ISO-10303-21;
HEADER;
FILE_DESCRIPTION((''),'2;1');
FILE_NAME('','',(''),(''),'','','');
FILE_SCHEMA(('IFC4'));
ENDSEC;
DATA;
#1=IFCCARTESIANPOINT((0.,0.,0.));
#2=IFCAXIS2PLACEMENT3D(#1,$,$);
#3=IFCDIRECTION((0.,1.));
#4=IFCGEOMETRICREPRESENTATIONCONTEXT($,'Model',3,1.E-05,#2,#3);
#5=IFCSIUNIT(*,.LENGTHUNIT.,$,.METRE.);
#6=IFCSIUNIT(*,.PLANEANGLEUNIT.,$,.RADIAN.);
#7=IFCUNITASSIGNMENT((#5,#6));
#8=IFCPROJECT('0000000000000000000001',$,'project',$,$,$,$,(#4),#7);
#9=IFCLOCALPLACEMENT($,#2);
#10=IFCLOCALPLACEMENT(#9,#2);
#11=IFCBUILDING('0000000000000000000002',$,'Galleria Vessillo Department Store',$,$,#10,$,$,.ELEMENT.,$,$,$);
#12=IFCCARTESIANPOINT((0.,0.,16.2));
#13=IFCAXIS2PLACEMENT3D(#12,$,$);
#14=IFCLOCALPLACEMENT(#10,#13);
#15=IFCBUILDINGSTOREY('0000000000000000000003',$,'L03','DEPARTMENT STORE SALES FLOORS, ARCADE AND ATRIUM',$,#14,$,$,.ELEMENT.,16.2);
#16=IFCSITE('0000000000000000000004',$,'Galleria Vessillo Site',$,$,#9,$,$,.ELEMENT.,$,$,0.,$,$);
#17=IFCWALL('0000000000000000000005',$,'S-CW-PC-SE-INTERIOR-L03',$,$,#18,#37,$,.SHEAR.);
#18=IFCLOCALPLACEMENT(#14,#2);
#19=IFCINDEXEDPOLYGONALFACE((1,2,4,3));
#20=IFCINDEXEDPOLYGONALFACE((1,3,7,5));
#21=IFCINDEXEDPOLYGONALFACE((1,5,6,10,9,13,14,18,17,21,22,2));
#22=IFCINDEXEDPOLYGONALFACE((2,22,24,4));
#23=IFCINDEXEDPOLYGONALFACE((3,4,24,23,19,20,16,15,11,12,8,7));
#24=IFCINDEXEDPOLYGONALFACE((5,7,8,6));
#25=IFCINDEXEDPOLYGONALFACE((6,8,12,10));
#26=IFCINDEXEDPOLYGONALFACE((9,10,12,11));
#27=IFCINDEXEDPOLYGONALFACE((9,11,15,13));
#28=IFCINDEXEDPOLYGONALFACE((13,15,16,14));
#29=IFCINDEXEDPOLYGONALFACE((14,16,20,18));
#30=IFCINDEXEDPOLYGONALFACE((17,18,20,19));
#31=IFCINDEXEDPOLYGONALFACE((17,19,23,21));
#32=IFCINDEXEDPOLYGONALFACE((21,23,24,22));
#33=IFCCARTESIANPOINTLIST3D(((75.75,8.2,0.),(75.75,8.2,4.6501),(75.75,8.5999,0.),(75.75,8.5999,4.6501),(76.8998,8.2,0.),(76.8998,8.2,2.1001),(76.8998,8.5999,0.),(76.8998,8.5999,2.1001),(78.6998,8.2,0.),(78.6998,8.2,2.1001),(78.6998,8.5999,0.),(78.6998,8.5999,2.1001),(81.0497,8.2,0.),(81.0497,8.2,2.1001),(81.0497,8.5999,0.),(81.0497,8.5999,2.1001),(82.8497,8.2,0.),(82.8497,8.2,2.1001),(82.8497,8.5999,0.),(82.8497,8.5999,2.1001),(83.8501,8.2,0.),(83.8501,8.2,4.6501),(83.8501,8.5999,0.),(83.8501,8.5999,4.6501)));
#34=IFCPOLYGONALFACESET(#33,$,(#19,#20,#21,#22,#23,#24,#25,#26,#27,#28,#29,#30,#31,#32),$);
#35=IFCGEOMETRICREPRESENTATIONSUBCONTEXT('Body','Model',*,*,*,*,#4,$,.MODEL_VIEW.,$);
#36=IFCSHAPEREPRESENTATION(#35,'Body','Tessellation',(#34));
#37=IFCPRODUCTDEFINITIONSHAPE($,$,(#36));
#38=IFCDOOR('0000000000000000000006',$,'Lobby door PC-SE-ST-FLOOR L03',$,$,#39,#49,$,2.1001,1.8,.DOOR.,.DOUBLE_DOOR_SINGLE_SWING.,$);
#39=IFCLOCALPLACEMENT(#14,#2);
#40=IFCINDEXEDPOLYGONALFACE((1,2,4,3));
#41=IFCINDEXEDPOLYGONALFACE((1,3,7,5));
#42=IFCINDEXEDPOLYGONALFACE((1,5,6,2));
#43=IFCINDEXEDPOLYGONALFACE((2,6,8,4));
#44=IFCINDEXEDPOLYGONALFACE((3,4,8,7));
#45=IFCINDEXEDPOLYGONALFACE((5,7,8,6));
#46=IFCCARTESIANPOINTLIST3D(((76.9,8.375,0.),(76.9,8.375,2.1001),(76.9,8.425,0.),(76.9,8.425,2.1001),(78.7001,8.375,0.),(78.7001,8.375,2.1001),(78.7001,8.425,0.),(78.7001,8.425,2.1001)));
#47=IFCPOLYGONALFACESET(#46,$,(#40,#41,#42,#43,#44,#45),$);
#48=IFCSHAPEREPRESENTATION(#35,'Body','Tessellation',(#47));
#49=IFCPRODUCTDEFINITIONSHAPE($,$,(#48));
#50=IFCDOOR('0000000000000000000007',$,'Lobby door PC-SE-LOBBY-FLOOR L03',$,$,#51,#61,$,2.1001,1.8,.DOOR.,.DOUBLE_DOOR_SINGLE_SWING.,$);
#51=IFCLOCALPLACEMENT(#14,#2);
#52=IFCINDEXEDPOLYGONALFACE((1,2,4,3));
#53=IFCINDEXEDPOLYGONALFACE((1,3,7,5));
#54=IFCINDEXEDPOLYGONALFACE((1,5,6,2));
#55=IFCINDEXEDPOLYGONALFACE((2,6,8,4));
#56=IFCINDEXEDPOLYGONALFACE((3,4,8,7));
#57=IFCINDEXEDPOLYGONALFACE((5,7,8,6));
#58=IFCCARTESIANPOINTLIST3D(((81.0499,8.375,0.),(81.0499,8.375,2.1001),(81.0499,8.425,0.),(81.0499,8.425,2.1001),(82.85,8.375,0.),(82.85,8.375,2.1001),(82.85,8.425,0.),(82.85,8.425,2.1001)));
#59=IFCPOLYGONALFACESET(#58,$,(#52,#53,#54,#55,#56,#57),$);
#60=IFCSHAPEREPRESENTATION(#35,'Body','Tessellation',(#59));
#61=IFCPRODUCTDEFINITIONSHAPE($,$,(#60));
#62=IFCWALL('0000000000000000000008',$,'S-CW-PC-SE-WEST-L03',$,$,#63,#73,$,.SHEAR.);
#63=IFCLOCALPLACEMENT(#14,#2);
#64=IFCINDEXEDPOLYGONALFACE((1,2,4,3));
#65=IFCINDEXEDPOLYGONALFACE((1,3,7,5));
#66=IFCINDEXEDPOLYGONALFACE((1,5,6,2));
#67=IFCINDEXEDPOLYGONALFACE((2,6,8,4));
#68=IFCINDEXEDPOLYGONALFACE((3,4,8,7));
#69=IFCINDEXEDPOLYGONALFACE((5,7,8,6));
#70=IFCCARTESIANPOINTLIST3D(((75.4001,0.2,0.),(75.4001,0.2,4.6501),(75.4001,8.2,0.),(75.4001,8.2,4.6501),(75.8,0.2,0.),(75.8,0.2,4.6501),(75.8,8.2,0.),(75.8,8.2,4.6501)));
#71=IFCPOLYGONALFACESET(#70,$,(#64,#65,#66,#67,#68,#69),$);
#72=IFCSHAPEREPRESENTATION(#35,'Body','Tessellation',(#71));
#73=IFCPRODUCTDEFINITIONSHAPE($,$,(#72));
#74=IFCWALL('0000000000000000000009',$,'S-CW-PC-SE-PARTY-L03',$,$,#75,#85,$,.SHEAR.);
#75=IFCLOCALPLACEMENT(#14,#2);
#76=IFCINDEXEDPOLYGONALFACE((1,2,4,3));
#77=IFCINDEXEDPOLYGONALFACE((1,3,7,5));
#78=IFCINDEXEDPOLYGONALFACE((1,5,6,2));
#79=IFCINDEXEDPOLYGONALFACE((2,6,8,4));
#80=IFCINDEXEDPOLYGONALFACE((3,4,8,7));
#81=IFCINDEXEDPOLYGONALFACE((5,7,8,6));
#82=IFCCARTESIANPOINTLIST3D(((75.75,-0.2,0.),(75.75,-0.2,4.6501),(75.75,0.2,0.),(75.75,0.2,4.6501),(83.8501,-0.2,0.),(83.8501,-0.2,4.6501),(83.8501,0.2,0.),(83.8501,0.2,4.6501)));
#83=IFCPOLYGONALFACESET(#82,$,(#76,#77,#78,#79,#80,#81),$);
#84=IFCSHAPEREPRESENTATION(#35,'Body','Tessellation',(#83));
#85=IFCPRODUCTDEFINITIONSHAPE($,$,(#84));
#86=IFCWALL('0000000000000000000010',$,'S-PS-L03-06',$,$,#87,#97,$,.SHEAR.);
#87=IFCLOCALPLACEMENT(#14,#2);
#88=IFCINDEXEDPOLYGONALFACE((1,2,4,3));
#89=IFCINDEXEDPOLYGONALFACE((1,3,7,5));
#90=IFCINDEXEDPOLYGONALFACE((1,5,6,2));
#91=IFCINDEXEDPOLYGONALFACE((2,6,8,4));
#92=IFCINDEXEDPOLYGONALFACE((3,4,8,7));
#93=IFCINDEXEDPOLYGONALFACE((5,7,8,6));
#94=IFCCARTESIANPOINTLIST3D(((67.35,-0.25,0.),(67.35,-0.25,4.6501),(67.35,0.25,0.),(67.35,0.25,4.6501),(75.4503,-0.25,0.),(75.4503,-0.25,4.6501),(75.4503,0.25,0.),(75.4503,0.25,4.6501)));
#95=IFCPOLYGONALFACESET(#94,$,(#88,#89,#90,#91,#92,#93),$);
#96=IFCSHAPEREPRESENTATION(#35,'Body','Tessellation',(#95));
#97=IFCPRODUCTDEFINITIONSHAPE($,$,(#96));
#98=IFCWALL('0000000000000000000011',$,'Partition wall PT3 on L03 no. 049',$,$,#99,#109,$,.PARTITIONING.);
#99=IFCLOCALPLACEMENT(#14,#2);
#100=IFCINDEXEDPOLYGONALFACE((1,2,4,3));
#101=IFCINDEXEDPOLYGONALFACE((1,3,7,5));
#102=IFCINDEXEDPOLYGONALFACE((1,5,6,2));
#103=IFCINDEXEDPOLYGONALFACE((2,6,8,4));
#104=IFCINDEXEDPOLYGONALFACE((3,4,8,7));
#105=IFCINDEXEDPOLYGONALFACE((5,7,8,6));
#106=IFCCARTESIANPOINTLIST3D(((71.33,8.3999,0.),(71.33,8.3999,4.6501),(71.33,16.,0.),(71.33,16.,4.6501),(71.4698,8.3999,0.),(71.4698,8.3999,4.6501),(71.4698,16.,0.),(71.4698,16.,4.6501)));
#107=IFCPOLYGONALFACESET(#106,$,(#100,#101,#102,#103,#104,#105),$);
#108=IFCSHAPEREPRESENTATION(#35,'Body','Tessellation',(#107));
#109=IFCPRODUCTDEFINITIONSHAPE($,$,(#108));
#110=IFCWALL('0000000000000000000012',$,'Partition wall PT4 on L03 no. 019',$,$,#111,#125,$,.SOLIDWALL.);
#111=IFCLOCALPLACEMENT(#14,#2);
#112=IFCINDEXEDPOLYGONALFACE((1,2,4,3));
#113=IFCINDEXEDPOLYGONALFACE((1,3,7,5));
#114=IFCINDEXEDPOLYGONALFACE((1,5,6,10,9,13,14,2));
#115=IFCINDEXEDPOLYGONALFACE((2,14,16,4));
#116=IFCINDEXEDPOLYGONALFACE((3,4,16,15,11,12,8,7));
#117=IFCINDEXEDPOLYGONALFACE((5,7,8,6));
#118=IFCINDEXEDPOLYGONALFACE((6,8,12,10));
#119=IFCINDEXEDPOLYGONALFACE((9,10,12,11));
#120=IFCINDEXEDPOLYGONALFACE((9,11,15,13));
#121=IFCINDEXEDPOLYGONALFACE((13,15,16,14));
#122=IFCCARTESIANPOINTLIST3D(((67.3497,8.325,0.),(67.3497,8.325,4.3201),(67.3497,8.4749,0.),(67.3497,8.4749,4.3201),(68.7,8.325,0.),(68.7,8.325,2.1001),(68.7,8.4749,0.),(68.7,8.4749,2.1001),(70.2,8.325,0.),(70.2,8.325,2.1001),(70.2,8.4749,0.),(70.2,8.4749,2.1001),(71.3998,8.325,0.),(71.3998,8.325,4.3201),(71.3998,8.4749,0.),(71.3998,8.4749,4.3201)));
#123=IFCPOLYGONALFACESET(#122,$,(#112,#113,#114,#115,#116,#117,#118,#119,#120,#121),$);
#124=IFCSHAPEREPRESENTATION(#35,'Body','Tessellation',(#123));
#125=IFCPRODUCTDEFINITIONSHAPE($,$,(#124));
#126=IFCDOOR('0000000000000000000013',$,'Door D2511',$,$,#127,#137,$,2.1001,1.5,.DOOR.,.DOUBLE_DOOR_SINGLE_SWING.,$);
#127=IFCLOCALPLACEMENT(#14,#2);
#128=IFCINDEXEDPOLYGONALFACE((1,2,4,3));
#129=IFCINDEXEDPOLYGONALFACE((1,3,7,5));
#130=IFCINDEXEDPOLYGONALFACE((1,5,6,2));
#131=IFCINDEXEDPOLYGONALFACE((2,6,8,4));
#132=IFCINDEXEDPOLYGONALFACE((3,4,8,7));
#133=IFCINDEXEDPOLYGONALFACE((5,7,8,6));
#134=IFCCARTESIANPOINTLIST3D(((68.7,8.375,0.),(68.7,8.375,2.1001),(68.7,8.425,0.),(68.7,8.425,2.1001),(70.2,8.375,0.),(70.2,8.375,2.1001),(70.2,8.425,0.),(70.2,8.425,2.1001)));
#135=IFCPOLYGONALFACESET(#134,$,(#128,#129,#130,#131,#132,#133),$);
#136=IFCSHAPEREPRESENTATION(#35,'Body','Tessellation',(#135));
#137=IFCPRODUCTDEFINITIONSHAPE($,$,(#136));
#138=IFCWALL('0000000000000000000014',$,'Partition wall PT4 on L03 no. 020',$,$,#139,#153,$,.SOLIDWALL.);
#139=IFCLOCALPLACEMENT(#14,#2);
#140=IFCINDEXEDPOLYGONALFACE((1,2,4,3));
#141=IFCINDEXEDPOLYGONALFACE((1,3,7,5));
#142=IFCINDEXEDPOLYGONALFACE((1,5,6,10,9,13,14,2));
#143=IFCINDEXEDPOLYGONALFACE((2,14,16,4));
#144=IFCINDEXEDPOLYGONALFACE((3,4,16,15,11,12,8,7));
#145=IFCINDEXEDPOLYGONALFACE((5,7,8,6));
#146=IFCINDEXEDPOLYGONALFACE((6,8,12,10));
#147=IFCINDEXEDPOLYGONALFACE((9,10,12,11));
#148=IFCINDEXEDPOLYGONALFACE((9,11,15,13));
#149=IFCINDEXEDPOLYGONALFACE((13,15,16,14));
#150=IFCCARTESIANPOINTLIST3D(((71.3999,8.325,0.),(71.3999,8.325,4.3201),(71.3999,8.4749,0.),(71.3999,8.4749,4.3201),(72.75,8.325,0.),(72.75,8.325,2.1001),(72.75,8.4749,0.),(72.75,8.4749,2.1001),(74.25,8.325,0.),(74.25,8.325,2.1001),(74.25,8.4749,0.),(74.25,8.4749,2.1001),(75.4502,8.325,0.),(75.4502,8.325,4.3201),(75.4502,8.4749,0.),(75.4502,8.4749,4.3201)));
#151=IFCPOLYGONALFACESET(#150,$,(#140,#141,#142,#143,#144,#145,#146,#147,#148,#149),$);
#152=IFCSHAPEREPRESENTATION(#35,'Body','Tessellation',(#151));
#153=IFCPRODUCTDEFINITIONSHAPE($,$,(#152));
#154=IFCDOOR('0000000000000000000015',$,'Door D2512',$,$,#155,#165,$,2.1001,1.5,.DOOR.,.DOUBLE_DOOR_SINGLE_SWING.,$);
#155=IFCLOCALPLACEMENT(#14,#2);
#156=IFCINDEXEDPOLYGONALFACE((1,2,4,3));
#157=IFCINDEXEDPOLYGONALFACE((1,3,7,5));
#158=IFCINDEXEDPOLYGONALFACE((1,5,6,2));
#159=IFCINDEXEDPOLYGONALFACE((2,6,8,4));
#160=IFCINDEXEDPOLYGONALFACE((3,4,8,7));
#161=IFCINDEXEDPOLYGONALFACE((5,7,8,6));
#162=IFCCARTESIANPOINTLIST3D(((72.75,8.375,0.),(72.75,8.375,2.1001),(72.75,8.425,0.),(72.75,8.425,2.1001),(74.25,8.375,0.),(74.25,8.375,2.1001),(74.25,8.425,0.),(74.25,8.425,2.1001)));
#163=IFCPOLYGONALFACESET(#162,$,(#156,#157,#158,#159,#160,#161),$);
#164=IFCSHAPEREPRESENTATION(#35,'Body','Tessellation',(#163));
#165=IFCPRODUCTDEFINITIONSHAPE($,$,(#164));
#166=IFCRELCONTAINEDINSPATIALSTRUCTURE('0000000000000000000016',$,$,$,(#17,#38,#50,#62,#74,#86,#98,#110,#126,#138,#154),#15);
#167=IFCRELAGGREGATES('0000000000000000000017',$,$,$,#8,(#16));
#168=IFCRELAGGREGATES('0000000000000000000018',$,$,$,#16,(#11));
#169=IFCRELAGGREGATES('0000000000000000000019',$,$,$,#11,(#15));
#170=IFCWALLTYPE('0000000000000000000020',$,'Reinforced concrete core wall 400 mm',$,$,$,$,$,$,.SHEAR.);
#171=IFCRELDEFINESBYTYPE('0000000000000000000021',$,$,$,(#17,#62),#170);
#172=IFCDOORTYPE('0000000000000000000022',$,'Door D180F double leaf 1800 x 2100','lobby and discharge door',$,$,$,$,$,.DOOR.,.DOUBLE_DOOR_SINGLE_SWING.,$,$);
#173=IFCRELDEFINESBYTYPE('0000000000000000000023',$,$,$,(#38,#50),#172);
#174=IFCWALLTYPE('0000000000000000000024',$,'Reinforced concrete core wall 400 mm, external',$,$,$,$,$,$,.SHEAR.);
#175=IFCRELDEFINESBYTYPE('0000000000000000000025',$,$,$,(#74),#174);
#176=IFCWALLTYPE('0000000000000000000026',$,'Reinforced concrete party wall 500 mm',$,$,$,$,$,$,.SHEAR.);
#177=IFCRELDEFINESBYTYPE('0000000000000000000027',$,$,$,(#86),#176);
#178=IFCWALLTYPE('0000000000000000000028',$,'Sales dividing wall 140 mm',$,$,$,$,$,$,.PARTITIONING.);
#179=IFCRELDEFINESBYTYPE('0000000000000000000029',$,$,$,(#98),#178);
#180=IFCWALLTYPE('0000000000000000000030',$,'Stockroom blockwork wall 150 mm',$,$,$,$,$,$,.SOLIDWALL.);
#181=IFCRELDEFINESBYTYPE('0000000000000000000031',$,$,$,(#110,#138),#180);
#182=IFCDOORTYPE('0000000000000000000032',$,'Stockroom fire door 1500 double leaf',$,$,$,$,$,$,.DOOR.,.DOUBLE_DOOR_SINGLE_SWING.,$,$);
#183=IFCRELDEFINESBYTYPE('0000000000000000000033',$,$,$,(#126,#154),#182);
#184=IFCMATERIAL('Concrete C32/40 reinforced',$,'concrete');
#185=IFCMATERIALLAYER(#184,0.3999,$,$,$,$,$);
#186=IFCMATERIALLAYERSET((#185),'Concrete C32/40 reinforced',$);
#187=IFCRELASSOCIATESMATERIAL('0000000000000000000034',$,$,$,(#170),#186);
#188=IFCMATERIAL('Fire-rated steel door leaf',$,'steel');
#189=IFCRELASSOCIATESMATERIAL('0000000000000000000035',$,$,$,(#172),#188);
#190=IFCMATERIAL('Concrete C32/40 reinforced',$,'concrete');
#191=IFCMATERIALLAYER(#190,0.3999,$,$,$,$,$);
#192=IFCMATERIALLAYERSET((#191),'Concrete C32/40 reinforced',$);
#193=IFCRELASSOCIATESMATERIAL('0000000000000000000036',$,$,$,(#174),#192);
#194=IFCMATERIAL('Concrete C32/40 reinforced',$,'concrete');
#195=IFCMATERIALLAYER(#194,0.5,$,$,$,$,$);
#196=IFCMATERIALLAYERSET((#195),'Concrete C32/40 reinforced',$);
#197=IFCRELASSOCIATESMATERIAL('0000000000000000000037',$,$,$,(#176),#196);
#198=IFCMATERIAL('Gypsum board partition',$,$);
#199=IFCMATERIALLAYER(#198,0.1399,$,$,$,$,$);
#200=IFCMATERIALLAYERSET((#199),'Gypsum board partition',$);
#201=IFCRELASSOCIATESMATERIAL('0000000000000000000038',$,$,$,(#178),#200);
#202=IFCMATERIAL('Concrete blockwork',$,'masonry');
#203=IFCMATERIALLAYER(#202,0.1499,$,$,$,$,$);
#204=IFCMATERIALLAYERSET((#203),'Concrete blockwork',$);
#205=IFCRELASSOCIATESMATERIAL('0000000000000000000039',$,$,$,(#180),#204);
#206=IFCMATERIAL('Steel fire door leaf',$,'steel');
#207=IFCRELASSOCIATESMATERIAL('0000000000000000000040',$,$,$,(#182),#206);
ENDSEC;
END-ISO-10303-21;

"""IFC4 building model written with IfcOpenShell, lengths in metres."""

from ifc_helpers import new_model, si_unit, direction, frame, frame_2d, origin, place, context, subcontext, project, spatial, rectangle, extrude, material, layer, layer_set, type_object, element, fill, save


model = new_model("IFC4")

# Units and contexts
model_context = context("Model", 3, precision=1e-05, world=origin(), true_north=direction((0.0, 1.0)))
body_context = subcontext(model_context, "Body", "Model", "MODEL_VIEW")
ifc_project = project(units=[si_unit("LENGTHUNIT", "METRE"), si_unit("PLANEANGLEUNIT", "RADIAN")], contexts=[model_context])

# Site, building, storey
site_placement = place(None, origin())
site = spatial("IfcSite", under=ifc_project, at=site_placement, Name="Galleria Vessillo Site", CompositionType="ELEMENT", RefElevation=0.0)
building_placement = place(site_placement, origin())
building = spatial("IfcBuilding", under=site, at=building_placement, Name="Galleria Vessillo Department Store", CompositionType="ELEMENT")
storey_placement = place(building_placement, frame((0.0, 0.0, 16.2)))
storey = spatial("IfcBuildingStorey", under=building, at=storey_placement, Name="L03", Description="DEPARTMENT STORE SALES FLOORS, ARCADE AND ATRIUM", CompositionType="ELEMENT", Elevation=16.2)

# Wall, openings, doors
ifc_material_1 = material(Name="Concrete C32/40 reinforced", Category="concrete")
ifc_layer_1 = layer(ifc_material_1, 0.3999)
ifc_layer_set_1 = layer_set([ifc_layer_1], Name="Concrete C32/40 reinforced")
wall_type_1 = type_object("IfcWallType", Name="Reinforced concrete core wall 400 mm", PredefinedType="SHEAR", material=ifc_layer_set_1)
wall_1_placement = place(storey_placement, frame((75.75, 8.3999, 0.0), z_axis=(0.0, 0.0, 1.0), x_axis=(1.0, 0.0, 0.0)))
wall_1 = element("IfcWall", 1, at=wall_1_placement, inside=storey, type_object=wall_type_1, Name="S-CW-PC-SE-INTERIOR-L03", PredefinedType="SHEAR", context=body_context, shape_type="SweptSolid", body=[
    extrude(rectangle(XDim=8.1001, YDim=0.3999, at=frame_2d((4.05, 0.0))), origin(), (0.0, 0.0, 1.0), 4.6501),
])
opening_1_placement = place(wall_1_placement, frame((1.1499, 0.0, 0.0)))
opening_1 = element("IfcOpeningElement", 2, at=opening_1_placement, cuts=wall_1, PredefinedType="OPENING", context=body_context, shape_type="SweptSolid", body=[
    extrude(rectangle(XDim=1.8, YDim=2.1001, at=frame_2d((0.8999, 1.05))), frame((0.0, 0.21, 0.0), z_axis=(0.0, -1.0, 0.0), x_axis=(1.0, 0.0, 0.0)), (0.0, 0.0, 1.0), 0.4199),
])
opening_2_placement = place(wall_1_placement, frame((5.2998, 0.0, 0.0)))
opening_2 = element("IfcOpeningElement", 3, at=opening_2_placement, cuts=wall_1, PredefinedType="OPENING", context=body_context, shape_type="SweptSolid", body=[
    extrude(rectangle(XDim=1.8, YDim=2.1001, at=frame_2d((0.8999, 1.05))), frame((0.0, 0.21, 0.0), z_axis=(0.0, -1.0, 0.0), x_axis=(1.0, 0.0, 0.0)), (0.0, 0.0, 1.0), 0.4199),
])
ifc_material_2 = material(Name="Fire-rated steel door leaf", Category="steel")
door_type_1 = type_object("IfcDoorType", Name="Door D180F double leaf 1800 x 2100", Description="lobby and discharge door", OperationType="DOUBLE_DOOR_SINGLE_SWING", PredefinedType="DOOR", material=ifc_material_2)
door_1_placement = place(opening_1_placement, frame((1.8, 0.0, 0.0), z_axis=(0.0, 0.0, 1.0), x_axis=(-1.0, 0.0, 0.0)))
door_1 = element("IfcDoor", 4, at=door_1_placement, inside=storey, type_object=door_type_1, Name="Lobby door PC-SE-ST-FLOOR L03", OperationType="DOUBLE_DOOR_SINGLE_SWING", OverallHeight=2.1001, OverallWidth=1.8, PredefinedType="DOOR", context=body_context, shape_type="SweptSolid", body=[
    extrude(rectangle(XDim=1.8, YDim=2.1001, at=frame_2d((0.8999, 1.05))), frame((0.0, 0.0249, 0.0), z_axis=(0.0, -1.0, 0.0), x_axis=(1.0, 0.0, 0.0)), (0.0, 0.0, 1.0), 0.05),
])
fill(opening_1, door_1)
door_2_placement = place(opening_2_placement, frame((1.8, 0.0, 0.0), z_axis=(0.0, 0.0, 1.0), x_axis=(-1.0, 0.0, 0.0)))
door_2 = element("IfcDoor", 5, at=door_2_placement, inside=storey, type_object=door_type_1, Name="Lobby door PC-SE-LOBBY-FLOOR L03", OperationType="DOUBLE_DOOR_SINGLE_SWING", OverallHeight=2.1001, OverallWidth=1.8, PredefinedType="DOOR", context=body_context, shape_type="SweptSolid", body=[
    extrude(rectangle(XDim=1.8, YDim=2.1001, at=frame_2d((0.8999, 1.05))), frame((0.0, 0.0249, 0.0), z_axis=(0.0, -1.0, 0.0), x_axis=(1.0, 0.0, 0.0)), (0.0, 0.0, 1.0), 0.05),
])
fill(opening_2, door_2)

# Walls
wall_2_placement = place(storey_placement, frame((75.6001, 0.2, 0.0), z_axis=(0.0, 0.0, 1.0), x_axis=(0.0, 1.0, 0.0)))
element("IfcWall", 6, at=wall_2_placement, inside=storey, type_object=wall_type_1, Name="S-CW-PC-SE-WEST-L03", PredefinedType="SHEAR", context=body_context, shape_type="SweptSolid", body=[
    extrude(rectangle(XDim=8.0, YDim=0.3999, at=frame_2d((4.0, 0.0))), origin(), (0.0, 0.0, 1.0), 4.6501),
])
ifc_material_3 = material(Name="Concrete C32/40 reinforced", Category="concrete")
ifc_layer_2 = layer(ifc_material_3, 0.3999)
ifc_layer_set_2 = layer_set([ifc_layer_2], Name="Concrete C32/40 reinforced")
wall_type_2 = type_object("IfcWallType", Name="Reinforced concrete core wall 400 mm, external", PredefinedType="SHEAR", material=ifc_layer_set_2)
wall_3_placement = place(storey_placement, frame((75.75, 0.0, 0.0), z_axis=(0.0, 0.0, 1.0), x_axis=(1.0, 0.0, 0.0)))
element("IfcWall", 7, at=wall_3_placement, inside=storey, type_object=wall_type_2, Name="S-CW-PC-SE-PARTY-L03", PredefinedType="SHEAR", context=body_context, shape_type="SweptSolid", body=[
    extrude(rectangle(XDim=8.1001, YDim=0.3999, at=frame_2d((4.05, 0.0))), origin(), (0.0, 0.0, 1.0), 4.6501),
])
ifc_material_4 = material(Name="Concrete C32/40 reinforced", Category="concrete")
ifc_layer_3 = layer(ifc_material_4, 0.5)
ifc_layer_set_3 = layer_set([ifc_layer_3], Name="Concrete C32/40 reinforced")
wall_type_3 = type_object("IfcWallType", Name="Reinforced concrete party wall 500 mm", PredefinedType="SHEAR", material=ifc_layer_set_3)
wall_4_placement = place(storey_placement, frame((67.3499, 0.0, 0.0), z_axis=(0.0, 0.0, 1.0), x_axis=(1.0, 0.0, 0.0)))
element("IfcWall", 8, at=wall_4_placement, inside=storey, type_object=wall_type_3, Name="S-PS-L03-06", PredefinedType="SHEAR", context=body_context, shape_type="SweptSolid", body=[
    extrude(rectangle(XDim=8.1003, YDim=0.5, at=frame_2d((4.0503, 0.0))), origin(), (0.0, 0.0, 1.0), 4.6501),
])
ifc_material_5 = material(Name="Gypsum board partition")
ifc_layer_4 = layer(ifc_material_5, 0.1399)
ifc_layer_set_4 = layer_set([ifc_layer_4], Name="Gypsum board partition")
wall_type_4 = type_object("IfcWallType", Name="Sales dividing wall 140 mm", PredefinedType="PARTITIONING", material=ifc_layer_set_4)
wall_5_placement = place(storey_placement, frame((71.3999, 8.3999, 0.0), z_axis=(0.0, 0.0, 1.0), x_axis=(0.0, 1.0, 0.0)))
element("IfcWall", 9, at=wall_5_placement, inside=storey, type_object=wall_type_4, Name="Partition wall PT3 on L03 no. 049", PredefinedType="PARTITIONING", context=body_context, shape_type="SweptSolid", body=[
    extrude(rectangle(XDim=7.6001, YDim=0.1399, at=frame_2d((3.8, 0.0))), origin(), (0.0, 0.0, 1.0), 4.6501),
])

# Walls, openings, doors
ifc_material_6 = material(Name="Concrete blockwork", Category="masonry")
ifc_layer_5 = layer(ifc_material_6, 0.1499)
ifc_layer_set_5 = layer_set([ifc_layer_5], Name="Concrete blockwork")
wall_type_5 = type_object("IfcWallType", Name="Stockroom blockwork wall 150 mm", PredefinedType="SOLIDWALL", material=ifc_layer_set_5)
wall_6_placement = place(storey_placement, frame((67.3499, 8.3999, 0.0), z_axis=(0.0, 0.0, 1.0), x_axis=(1.0, 0.0, 0.0)))
wall_6 = element("IfcWall", 10, at=wall_6_placement, inside=storey, type_object=wall_type_5, Name="Partition wall PT4 on L03 no. 019", PredefinedType="SOLIDWALL", context=body_context, shape_type="SweptSolid", body=[
    extrude(rectangle(XDim=4.05, YDim=0.1499, at=frame_2d((2.0249, 0.0))), origin(), (0.0, 0.0, 1.0), 4.3201),
])
opening_3_placement = place(wall_6_placement, frame((1.3501, 0.0, 0.0)))
opening_3 = element("IfcOpeningElement", 11, at=opening_3_placement, cuts=wall_6, PredefinedType="OPENING", context=body_context, shape_type="SweptSolid", body=[
    extrude(rectangle(XDim=1.5, YDim=2.1001, at=frame_2d((0.75, 1.05))), frame((0.0, 0.085, 0.0), z_axis=(0.0, -1.0, 0.0), x_axis=(1.0, 0.0, 0.0)), (0.0, 0.0, 1.0), 0.1699),
])
ifc_material_7 = material(Name="Steel fire door leaf", Category="steel")
door_type_2 = type_object("IfcDoorType", Name="Stockroom fire door 1500 double leaf", OperationType="DOUBLE_DOOR_SINGLE_SWING", PredefinedType="DOOR", material=ifc_material_7)
door_3_placement = place(opening_3_placement, frame((1.5, 0.0, 0.0), z_axis=(0.0, 0.0, 1.0), x_axis=(-1.0, 0.0, 0.0)))
door_3 = element("IfcDoor", 12, at=door_3_placement, inside=storey, type_object=door_type_2, Name="Door D2511", OperationType="DOUBLE_DOOR_SINGLE_SWING", OverallHeight=2.1001, OverallWidth=1.5, PredefinedType="DOOR", context=body_context, shape_type="SweptSolid", body=[
    extrude(rectangle(XDim=1.5, YDim=2.1001, at=frame_2d((0.75, 1.05))), frame((0.0, 0.0249, 0.0), z_axis=(0.0, -1.0, 0.0), x_axis=(1.0, 0.0, 0.0)), (0.0, 0.0, 1.0), 0.05),
])
fill(opening_3, door_3)
wall_7_placement = place(storey_placement, frame((71.3999, 8.3999, 0.0), z_axis=(0.0, 0.0, 1.0), x_axis=(1.0, 0.0, 0.0)))
wall_7 = element("IfcWall", 13, at=wall_7_placement, inside=storey, type_object=wall_type_5, Name="Partition wall PT4 on L03 no. 020", PredefinedType="SOLIDWALL", context=body_context, shape_type="SweptSolid", body=[
    extrude(rectangle(XDim=4.0503, YDim=0.1499, at=frame_2d((2.0251, 0.0))), origin(), (0.0, 0.0, 1.0), 4.3201),
])
opening_4_placement = place(wall_7_placement, frame((1.3501, 0.0, 0.0)))
opening_4 = element("IfcOpeningElement", 14, at=opening_4_placement, cuts=wall_7, PredefinedType="OPENING", context=body_context, shape_type="SweptSolid", body=[
    extrude(rectangle(XDim=1.5, YDim=2.1001, at=frame_2d((0.75, 1.05))), frame((0.0, 0.085, 0.0), z_axis=(0.0, -1.0, 0.0), x_axis=(1.0, 0.0, 0.0)), (0.0, 0.0, 1.0), 0.1699),
])
door_4_placement = place(opening_4_placement, frame((1.5, 0.0, 0.0), z_axis=(0.0, 0.0, 1.0), x_axis=(-1.0, 0.0, 0.0)))
door_4 = element("IfcDoor", 15, at=door_4_placement, inside=storey, type_object=door_type_2, Name="Door D2512", OperationType="DOUBLE_DOOR_SINGLE_SWING", OverallHeight=2.1001, OverallWidth=1.5, PredefinedType="DOOR", context=body_context, shape_type="SweptSolid", body=[
    extrude(rectangle(XDim=1.5, YDim=2.1001, at=frame_2d((0.75, 1.05))), frame((0.0, 0.0249, 0.0), z_axis=(0.0, -1.0, 0.0), x_axis=(1.0, 0.0, 0.0)), (0.0, 0.0, 1.0), 0.05),
])
fill(opening_4, door_4)

save(model, "model.ifc")
